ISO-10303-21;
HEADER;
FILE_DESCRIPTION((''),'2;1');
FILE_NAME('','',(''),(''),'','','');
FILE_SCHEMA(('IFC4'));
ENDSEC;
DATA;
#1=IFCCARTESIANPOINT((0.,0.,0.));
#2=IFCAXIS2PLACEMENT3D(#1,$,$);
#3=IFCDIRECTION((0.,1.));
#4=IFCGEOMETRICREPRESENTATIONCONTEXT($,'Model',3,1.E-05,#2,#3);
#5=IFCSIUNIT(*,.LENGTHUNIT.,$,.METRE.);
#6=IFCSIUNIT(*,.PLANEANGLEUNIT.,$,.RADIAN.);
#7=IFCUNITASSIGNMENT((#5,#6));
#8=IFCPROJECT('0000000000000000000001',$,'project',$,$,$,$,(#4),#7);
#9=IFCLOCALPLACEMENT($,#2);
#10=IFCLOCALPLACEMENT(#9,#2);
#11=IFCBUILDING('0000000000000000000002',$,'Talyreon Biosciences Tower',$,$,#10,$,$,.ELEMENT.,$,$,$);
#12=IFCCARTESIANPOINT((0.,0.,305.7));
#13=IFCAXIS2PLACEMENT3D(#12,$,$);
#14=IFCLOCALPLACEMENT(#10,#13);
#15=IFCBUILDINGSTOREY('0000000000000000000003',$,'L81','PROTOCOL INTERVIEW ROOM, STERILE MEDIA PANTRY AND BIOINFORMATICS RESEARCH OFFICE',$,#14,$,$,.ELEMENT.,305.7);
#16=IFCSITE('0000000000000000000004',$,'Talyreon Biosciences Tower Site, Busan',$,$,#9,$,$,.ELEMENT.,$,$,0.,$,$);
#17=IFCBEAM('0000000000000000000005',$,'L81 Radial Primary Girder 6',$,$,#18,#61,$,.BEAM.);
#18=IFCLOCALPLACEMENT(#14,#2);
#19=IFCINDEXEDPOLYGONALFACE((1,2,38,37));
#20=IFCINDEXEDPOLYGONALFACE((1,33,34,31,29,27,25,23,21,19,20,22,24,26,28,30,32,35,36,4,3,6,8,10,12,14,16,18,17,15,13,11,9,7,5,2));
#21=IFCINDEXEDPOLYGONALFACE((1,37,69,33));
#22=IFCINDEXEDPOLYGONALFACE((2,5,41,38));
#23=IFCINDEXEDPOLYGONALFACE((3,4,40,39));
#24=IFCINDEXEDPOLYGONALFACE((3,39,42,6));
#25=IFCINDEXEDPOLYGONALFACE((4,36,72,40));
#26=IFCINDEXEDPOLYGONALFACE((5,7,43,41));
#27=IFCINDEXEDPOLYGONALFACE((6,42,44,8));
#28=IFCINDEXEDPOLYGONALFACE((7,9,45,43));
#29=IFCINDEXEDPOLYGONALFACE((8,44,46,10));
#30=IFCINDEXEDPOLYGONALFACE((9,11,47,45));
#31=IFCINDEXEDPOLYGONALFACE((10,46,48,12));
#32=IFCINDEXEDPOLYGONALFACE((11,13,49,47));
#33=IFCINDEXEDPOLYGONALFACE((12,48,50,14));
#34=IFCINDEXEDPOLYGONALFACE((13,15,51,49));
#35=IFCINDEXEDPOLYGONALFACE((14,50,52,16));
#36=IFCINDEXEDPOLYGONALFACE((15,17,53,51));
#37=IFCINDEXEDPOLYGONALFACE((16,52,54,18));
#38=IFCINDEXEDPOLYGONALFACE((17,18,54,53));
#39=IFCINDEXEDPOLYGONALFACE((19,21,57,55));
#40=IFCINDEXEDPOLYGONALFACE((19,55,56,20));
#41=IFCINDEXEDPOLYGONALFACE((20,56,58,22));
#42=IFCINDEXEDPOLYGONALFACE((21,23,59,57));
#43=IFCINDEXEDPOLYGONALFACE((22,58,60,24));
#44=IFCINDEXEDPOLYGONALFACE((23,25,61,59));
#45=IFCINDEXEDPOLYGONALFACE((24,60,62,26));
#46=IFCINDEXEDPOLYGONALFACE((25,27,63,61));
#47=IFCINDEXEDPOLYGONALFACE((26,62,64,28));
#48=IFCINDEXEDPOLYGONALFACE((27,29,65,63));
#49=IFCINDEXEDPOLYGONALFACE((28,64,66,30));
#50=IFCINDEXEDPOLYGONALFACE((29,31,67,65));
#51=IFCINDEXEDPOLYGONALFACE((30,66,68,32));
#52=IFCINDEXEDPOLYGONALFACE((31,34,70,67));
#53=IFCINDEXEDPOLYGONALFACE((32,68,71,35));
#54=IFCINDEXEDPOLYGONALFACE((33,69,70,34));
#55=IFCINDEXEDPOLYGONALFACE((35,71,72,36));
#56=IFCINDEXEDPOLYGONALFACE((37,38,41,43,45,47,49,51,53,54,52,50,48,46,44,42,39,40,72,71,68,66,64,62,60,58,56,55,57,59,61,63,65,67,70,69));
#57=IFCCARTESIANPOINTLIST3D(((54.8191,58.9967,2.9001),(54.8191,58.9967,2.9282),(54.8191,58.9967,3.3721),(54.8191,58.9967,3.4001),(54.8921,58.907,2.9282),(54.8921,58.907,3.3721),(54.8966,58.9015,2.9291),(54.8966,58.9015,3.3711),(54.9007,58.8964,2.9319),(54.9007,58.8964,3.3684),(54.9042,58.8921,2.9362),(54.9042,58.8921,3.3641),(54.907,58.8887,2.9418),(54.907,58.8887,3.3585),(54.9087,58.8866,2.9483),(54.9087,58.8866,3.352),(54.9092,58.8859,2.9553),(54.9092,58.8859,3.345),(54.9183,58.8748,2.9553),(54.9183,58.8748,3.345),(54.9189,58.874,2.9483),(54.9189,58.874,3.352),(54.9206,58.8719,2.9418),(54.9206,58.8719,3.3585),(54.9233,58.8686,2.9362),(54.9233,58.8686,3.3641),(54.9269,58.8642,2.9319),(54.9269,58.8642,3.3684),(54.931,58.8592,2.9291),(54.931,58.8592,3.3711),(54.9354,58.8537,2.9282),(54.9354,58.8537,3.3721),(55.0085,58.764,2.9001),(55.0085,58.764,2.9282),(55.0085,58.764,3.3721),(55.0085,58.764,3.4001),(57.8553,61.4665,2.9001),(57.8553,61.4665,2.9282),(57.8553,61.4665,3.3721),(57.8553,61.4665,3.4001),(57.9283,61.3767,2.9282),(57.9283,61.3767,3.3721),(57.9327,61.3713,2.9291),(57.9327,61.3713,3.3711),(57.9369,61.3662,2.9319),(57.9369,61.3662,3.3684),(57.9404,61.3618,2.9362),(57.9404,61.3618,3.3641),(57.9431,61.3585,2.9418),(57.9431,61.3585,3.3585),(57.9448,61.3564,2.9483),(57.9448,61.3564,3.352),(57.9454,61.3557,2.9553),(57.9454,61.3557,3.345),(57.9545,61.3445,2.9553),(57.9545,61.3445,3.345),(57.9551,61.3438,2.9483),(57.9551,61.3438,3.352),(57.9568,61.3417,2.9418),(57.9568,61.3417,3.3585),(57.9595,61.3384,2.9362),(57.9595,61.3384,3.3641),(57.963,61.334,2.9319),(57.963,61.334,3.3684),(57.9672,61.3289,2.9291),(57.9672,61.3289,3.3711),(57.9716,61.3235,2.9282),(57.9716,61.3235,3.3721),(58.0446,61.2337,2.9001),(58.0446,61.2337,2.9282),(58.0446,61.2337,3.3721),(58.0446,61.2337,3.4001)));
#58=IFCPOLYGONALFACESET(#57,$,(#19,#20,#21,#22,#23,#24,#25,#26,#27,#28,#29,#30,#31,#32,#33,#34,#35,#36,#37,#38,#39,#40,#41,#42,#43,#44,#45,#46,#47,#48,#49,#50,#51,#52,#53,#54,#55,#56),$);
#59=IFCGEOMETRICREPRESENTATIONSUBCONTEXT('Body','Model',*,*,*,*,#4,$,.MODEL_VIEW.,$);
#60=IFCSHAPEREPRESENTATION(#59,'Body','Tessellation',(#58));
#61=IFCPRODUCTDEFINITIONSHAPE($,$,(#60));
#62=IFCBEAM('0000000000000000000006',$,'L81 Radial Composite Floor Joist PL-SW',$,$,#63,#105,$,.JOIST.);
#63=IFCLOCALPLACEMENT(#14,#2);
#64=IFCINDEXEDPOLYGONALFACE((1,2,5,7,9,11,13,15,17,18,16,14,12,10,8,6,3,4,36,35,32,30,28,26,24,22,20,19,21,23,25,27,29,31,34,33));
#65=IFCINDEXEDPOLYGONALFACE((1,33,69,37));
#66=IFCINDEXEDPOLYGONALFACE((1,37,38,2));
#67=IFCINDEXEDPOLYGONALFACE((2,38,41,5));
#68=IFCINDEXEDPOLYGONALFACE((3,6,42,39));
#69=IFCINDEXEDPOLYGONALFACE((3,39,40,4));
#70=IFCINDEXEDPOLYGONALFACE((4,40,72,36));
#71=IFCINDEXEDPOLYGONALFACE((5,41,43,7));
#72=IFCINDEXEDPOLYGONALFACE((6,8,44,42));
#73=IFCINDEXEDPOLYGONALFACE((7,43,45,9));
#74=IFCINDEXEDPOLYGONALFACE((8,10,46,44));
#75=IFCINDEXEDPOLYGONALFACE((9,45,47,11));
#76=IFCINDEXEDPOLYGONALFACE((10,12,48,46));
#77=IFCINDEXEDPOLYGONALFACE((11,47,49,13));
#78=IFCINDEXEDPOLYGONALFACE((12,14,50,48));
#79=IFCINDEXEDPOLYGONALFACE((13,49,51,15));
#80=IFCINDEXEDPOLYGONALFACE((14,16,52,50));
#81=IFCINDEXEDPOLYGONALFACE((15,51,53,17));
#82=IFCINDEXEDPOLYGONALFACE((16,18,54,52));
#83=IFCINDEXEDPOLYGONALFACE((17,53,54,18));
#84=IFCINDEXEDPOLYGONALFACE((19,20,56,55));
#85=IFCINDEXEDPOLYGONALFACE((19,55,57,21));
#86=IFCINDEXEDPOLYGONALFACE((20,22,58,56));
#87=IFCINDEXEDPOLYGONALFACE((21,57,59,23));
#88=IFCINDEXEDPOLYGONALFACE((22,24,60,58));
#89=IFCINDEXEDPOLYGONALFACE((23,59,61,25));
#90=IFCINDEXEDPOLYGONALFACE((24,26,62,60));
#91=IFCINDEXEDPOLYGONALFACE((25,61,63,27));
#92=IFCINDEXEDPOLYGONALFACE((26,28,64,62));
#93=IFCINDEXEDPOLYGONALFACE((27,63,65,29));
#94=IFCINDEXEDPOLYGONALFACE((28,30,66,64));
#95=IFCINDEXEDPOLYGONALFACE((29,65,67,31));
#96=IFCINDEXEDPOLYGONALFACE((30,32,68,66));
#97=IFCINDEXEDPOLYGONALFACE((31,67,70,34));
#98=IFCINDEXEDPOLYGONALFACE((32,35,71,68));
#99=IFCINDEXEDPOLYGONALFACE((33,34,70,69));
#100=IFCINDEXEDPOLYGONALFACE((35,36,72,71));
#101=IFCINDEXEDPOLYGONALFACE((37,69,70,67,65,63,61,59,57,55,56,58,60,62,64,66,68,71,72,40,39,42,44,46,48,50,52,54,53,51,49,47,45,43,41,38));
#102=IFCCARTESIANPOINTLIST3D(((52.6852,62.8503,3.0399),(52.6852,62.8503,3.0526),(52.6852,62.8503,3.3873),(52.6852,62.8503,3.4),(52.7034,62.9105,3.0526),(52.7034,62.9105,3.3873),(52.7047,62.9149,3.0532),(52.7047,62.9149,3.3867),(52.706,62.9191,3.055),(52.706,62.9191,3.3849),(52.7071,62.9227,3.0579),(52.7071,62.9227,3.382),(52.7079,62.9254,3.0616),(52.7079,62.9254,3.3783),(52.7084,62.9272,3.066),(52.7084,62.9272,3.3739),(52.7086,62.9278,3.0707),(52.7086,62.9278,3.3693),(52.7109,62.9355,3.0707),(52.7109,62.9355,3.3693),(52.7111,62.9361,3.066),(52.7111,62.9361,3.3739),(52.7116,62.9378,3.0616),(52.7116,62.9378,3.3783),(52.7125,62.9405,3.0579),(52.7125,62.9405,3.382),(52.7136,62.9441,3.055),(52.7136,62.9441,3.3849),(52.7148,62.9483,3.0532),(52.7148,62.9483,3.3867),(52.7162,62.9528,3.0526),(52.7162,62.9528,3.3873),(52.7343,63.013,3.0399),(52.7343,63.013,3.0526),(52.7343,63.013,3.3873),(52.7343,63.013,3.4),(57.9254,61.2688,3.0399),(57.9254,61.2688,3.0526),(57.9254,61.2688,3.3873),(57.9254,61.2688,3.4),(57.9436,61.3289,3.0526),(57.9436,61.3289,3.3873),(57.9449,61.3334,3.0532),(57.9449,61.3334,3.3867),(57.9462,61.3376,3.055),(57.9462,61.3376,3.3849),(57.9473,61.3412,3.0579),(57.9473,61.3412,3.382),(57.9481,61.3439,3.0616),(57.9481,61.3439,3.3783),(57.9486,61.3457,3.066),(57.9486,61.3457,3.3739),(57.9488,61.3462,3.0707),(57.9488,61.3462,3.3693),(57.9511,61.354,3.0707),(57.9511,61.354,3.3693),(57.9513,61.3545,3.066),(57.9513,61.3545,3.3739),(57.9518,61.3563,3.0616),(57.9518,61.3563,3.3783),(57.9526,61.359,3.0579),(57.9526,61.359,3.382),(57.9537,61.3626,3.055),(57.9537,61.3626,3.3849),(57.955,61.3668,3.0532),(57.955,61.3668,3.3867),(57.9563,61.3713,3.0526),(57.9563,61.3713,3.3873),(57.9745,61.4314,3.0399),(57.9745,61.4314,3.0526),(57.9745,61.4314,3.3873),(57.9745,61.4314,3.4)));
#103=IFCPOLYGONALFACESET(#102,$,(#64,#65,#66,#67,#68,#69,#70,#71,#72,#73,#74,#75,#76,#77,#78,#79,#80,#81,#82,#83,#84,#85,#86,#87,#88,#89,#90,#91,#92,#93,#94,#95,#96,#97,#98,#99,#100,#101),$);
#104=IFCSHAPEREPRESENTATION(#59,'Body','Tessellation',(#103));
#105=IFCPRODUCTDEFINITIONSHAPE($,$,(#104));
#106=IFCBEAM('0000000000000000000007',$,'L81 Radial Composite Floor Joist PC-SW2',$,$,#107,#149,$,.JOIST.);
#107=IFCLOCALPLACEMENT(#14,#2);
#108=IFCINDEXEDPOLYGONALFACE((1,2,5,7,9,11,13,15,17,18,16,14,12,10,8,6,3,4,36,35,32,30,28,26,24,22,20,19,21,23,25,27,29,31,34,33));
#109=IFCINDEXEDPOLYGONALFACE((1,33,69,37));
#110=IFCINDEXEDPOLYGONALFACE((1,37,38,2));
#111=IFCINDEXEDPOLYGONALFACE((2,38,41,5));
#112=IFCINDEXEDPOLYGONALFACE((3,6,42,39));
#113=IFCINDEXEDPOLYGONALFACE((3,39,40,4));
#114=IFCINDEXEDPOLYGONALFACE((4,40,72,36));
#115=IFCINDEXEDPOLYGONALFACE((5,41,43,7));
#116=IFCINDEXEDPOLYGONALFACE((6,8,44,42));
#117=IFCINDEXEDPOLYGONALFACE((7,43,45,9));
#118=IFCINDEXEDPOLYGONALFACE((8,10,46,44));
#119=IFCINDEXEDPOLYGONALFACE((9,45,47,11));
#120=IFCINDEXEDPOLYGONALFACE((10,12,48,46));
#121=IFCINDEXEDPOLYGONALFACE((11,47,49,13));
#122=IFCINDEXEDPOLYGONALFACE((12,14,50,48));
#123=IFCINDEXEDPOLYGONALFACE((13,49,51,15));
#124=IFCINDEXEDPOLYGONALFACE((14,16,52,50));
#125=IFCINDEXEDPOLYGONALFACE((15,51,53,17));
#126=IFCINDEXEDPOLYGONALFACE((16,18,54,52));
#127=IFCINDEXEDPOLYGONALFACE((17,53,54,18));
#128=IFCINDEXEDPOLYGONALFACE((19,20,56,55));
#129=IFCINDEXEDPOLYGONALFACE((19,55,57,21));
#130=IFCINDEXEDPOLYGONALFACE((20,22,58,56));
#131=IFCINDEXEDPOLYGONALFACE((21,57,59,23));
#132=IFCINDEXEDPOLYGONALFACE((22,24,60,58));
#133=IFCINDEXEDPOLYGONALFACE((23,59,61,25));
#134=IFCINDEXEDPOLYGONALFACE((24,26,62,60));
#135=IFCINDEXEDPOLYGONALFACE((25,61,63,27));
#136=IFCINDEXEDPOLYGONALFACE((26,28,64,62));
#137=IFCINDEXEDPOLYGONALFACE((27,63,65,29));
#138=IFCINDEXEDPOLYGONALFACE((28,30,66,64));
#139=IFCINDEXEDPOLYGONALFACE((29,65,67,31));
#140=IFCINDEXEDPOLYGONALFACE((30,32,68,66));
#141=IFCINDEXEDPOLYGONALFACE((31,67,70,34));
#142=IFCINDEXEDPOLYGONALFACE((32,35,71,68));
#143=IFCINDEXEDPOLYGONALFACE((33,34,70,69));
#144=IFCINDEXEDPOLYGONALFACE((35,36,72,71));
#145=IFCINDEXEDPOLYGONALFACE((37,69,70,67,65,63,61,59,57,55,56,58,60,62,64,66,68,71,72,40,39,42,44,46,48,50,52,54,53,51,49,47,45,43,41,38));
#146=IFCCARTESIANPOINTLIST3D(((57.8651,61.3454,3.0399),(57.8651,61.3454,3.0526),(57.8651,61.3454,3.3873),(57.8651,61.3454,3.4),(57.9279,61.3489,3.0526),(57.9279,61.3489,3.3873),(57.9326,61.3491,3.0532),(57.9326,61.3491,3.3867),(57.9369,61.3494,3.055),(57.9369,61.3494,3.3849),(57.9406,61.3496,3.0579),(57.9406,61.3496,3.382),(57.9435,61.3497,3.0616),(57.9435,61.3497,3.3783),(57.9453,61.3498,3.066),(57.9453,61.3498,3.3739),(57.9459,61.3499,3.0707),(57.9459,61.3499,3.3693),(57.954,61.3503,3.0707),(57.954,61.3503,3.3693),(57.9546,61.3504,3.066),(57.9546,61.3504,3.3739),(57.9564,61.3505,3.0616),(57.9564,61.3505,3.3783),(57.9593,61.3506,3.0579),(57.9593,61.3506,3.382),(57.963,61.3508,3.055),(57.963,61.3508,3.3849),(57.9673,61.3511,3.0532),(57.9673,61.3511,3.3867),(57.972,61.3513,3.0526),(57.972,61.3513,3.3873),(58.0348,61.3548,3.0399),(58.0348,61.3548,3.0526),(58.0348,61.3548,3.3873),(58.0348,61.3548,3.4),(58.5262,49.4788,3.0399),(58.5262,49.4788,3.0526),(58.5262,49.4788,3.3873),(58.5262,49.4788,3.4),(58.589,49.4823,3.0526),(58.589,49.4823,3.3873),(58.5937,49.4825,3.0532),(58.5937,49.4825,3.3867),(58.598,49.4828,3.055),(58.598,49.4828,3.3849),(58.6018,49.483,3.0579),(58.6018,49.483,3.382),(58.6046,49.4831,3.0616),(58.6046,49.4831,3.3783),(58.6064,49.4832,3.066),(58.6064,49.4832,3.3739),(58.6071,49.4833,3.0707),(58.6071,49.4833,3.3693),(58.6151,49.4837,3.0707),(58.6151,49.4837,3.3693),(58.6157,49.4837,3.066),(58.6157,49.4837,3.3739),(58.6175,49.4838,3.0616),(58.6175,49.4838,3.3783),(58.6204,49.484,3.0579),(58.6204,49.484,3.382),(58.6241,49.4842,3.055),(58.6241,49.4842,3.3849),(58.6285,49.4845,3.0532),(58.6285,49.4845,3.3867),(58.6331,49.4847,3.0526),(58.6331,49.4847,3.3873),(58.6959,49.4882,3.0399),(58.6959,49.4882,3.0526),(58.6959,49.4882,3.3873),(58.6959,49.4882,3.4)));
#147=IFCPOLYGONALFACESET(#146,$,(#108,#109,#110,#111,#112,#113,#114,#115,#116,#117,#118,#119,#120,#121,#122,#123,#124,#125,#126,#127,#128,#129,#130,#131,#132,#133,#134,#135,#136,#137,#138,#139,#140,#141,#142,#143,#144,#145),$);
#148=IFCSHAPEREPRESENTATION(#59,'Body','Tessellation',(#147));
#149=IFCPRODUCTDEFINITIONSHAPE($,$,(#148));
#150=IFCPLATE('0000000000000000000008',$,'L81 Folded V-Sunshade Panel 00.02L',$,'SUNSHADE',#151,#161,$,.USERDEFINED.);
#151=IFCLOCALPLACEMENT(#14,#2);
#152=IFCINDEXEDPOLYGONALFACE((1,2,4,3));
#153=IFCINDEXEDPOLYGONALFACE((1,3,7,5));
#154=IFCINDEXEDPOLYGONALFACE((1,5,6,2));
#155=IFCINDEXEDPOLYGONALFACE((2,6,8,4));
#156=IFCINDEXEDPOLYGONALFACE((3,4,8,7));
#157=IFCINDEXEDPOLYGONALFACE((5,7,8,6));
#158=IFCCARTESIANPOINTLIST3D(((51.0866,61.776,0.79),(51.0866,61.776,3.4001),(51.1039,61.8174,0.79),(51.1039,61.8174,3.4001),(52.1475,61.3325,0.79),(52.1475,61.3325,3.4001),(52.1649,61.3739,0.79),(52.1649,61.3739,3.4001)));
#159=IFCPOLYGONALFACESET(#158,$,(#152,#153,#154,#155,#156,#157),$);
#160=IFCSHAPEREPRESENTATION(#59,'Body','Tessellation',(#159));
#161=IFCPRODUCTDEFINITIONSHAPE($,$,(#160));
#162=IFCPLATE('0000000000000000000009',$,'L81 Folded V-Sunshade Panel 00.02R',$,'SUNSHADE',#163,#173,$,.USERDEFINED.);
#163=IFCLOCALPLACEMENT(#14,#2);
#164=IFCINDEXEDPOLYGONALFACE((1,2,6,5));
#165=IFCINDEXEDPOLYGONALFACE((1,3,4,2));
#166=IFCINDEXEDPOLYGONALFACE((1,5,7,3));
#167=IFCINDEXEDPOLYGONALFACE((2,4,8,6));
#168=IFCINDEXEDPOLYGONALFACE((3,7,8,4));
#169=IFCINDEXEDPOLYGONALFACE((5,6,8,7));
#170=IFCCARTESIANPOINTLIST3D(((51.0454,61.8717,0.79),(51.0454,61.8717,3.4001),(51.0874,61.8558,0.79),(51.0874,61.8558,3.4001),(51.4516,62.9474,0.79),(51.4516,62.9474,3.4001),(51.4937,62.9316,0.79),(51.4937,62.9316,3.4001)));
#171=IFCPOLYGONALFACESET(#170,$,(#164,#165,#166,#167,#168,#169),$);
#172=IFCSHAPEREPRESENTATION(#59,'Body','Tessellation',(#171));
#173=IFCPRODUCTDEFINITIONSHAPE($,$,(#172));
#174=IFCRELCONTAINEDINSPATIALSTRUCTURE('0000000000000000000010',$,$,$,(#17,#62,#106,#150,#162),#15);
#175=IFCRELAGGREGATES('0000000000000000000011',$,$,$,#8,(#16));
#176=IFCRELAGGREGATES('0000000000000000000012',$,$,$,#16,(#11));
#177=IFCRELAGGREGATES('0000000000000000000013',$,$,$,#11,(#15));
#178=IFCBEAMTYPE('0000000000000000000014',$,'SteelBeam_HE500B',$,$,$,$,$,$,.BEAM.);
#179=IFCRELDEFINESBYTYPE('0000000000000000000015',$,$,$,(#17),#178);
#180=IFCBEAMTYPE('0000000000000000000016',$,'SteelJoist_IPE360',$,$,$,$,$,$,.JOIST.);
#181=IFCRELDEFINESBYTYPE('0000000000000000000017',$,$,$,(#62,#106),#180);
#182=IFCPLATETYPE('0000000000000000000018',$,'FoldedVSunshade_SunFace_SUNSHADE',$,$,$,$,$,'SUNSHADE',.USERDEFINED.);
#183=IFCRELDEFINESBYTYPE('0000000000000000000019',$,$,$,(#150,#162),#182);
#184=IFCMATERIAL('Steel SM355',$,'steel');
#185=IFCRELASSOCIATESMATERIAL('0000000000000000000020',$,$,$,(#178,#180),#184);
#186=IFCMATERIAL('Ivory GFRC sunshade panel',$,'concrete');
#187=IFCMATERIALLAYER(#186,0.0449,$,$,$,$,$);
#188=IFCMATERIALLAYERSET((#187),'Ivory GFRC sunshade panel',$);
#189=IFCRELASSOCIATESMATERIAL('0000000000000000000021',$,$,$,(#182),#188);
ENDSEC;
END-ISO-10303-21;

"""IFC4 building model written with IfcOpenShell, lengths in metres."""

from ifc_helpers import new_model, si_unit, direction, frame, origin, origin_2d, place, context, subcontext, project, spatial, rectangle, i_section, extrude, material, layer, layer_set, material_profile, profile_set, type_object, element, save


model = new_model("IFC4")

# Units and contexts
model_context = context("Model", 3, precision=1e-05, world=origin(), true_north=direction((0.0, 1.0)))
body_context = subcontext(model_context, "Body", "Model", "MODEL_VIEW")
ifc_project = project(units=[si_unit("LENGTHUNIT", "METRE"), si_unit("PLANEANGLEUNIT", "RADIAN")], contexts=[model_context])

# Site, building, storey
site_placement = place(None, origin())
site = spatial("IfcSite", under=ifc_project, at=site_placement, Name="Talyreon Biosciences Tower Site, Busan", CompositionType="ELEMENT", RefElevation=0.0)
building_placement = place(site_placement, origin())
building = spatial("IfcBuilding", under=site, at=building_placement, Name="Talyreon Biosciences Tower", CompositionType="ELEMENT")
storey_placement = place(building_placement, frame((0.0, 0.0, 305.7)))
storey = spatial("IfcBuildingStorey", under=building, at=storey_placement, Name="L81", Description="PROTOCOL INTERVIEW ROOM, STERILE MEDIA PANTRY AND BIOINFORMATICS RESEARCH OFFICE", CompositionType="ELEMENT", Elevation=305.7)

# Beams
ifc_material_1 = material(Name="Steel SM355", Category="steel")
ifc_material_profile_1 = material_profile(ifc_material_1, i_section(OverallWidth=0.3, OverallDepth=0.5, WebThickness=0.0144, FlangeThickness=0.0281, FilletRadius=0.0271, at=origin_2d()), Name="HE500B")
ifc_profile_set_1 = profile_set([ifc_material_profile_1], Name="Steel SM355")
beam_type_1 = type_object("IfcBeamType", Name="SteelBeam_HE500B", PredefinedType="BEAM", material=ifc_profile_set_1)
beam_1_placement = place(storey_placement, frame((57.95, 61.3501, 3.1501), z_axis=(-0.775755, -0.631034, 0.0), x_axis=(0.631034, -0.775755, 0.0)))
element("IfcBeam", 1, at=beam_1_placement, inside=storey, type_object=beam_type_1, Name="L81 Radial Primary Girder 6", PredefinedType="BEAM", context=body_context, shape_type="SweptSolid", body=[
    extrude(i_section(OverallWidth=0.3, OverallDepth=0.5, WebThickness=0.0144, FlangeThickness=0.0281, FilletRadius=0.0271, at=origin_2d()), origin(), (0.0, 0.0, 1.0), 3.9138),
])
ifc_material_profile_2 = material_profile(ifc_material_1, i_section(OverallWidth=0.1699, OverallDepth=0.3601, WebThickness=0.0081, FlangeThickness=0.0127, FilletRadius=0.0181, at=origin_2d()), Name="IPE360")
ifc_profile_set_2 = profile_set([ifc_material_profile_2], Name="Steel SM355")
beam_type_2 = type_object("IfcBeamType", Name="SteelJoist_IPE360", PredefinedType="JOIST", material=ifc_profile_set_2)
beam_2_placement = place(storey_placement, frame((57.95, 61.3501, 3.22), z_axis=(-0.957349, 0.288935, 0.0), x_axis=(-0.288935, -0.957349, 0.0)))
element("IfcBeam", 2, at=beam_2_placement, inside=storey, type_object=beam_type_2, Name="L81 Radial Composite Floor Joist PL-SW", PredefinedType="JOIST", context=body_context, shape_type="SweptSolid", body=[
    extrude(i_section(OverallWidth=0.1699, OverallDepth=0.3601, WebThickness=0.0081, FlangeThickness=0.0127, FilletRadius=0.0181, at=origin_2d()), origin(), (0.0, 0.0, 1.0), 5.4736),
])
beam_3_placement = place(storey_placement, frame((57.95, 61.3501, 3.22), z_axis=(0.055627, -0.998452, 0.0), x_axis=(0.998452, 0.055627, 0.0)))
element("IfcBeam", 3, at=beam_3_placement, inside=storey, type_object=beam_type_2, Name="L81 Radial Composite Floor Joist PC-SW2", PredefinedType="JOIST", context=body_context, shape_type="SweptSolid", body=[
    extrude(i_section(OverallWidth=0.1699, OverallDepth=0.3601, WebThickness=0.0081, FlangeThickness=0.0127, FilletRadius=0.0181, at=origin_2d()), origin(), (0.0, 0.0, 1.0), 11.885),
])

# Plates
ifc_material_2 = material(Name="Ivory GFRC sunshade panel", Category="concrete")
ifc_layer_1 = layer(ifc_material_2, 0.0449)
ifc_layer_set_1 = layer_set([ifc_layer_1], Name="Ivory GFRC sunshade panel")
plate_type = type_object("IfcPlateType", Name="FoldedVSunshade_SunFace_SUNSHADE", ElementType="SUNSHADE", PredefinedType="USERDEFINED", material=ifc_layer_set_1)
for number, where, z_axis, x_axis, name in (
    (4, (51.6257, 61.575, 0.79), (0.0, 0.0, 1.0), (-0.922619, 0.385713, 0.0), "L81 Folded V-Sunshade Panel 00.02L"),
    (5, (51.2695, 62.4016, 0.79), (0.0, 0.0, 1.0), (0.353279, 0.935518, 0.0), "L81 Folded V-Sunshade Panel 00.02R"),
):
    element("IfcPlate", number, at=place(storey_placement, frame(where, z_axis=z_axis, x_axis=x_axis)), inside=storey, type_object=plate_type, Name=name, ObjectType="SUNSHADE", PredefinedType="USERDEFINED", context=body_context, shape_type="SweptSolid", body=[
        extrude(rectangle(XDim=1.1499, YDim=0.0449, at=origin_2d()), origin(), (0.0, 0.0, 1.0), 2.6101),
    ])

save(model, "model.ifc")
